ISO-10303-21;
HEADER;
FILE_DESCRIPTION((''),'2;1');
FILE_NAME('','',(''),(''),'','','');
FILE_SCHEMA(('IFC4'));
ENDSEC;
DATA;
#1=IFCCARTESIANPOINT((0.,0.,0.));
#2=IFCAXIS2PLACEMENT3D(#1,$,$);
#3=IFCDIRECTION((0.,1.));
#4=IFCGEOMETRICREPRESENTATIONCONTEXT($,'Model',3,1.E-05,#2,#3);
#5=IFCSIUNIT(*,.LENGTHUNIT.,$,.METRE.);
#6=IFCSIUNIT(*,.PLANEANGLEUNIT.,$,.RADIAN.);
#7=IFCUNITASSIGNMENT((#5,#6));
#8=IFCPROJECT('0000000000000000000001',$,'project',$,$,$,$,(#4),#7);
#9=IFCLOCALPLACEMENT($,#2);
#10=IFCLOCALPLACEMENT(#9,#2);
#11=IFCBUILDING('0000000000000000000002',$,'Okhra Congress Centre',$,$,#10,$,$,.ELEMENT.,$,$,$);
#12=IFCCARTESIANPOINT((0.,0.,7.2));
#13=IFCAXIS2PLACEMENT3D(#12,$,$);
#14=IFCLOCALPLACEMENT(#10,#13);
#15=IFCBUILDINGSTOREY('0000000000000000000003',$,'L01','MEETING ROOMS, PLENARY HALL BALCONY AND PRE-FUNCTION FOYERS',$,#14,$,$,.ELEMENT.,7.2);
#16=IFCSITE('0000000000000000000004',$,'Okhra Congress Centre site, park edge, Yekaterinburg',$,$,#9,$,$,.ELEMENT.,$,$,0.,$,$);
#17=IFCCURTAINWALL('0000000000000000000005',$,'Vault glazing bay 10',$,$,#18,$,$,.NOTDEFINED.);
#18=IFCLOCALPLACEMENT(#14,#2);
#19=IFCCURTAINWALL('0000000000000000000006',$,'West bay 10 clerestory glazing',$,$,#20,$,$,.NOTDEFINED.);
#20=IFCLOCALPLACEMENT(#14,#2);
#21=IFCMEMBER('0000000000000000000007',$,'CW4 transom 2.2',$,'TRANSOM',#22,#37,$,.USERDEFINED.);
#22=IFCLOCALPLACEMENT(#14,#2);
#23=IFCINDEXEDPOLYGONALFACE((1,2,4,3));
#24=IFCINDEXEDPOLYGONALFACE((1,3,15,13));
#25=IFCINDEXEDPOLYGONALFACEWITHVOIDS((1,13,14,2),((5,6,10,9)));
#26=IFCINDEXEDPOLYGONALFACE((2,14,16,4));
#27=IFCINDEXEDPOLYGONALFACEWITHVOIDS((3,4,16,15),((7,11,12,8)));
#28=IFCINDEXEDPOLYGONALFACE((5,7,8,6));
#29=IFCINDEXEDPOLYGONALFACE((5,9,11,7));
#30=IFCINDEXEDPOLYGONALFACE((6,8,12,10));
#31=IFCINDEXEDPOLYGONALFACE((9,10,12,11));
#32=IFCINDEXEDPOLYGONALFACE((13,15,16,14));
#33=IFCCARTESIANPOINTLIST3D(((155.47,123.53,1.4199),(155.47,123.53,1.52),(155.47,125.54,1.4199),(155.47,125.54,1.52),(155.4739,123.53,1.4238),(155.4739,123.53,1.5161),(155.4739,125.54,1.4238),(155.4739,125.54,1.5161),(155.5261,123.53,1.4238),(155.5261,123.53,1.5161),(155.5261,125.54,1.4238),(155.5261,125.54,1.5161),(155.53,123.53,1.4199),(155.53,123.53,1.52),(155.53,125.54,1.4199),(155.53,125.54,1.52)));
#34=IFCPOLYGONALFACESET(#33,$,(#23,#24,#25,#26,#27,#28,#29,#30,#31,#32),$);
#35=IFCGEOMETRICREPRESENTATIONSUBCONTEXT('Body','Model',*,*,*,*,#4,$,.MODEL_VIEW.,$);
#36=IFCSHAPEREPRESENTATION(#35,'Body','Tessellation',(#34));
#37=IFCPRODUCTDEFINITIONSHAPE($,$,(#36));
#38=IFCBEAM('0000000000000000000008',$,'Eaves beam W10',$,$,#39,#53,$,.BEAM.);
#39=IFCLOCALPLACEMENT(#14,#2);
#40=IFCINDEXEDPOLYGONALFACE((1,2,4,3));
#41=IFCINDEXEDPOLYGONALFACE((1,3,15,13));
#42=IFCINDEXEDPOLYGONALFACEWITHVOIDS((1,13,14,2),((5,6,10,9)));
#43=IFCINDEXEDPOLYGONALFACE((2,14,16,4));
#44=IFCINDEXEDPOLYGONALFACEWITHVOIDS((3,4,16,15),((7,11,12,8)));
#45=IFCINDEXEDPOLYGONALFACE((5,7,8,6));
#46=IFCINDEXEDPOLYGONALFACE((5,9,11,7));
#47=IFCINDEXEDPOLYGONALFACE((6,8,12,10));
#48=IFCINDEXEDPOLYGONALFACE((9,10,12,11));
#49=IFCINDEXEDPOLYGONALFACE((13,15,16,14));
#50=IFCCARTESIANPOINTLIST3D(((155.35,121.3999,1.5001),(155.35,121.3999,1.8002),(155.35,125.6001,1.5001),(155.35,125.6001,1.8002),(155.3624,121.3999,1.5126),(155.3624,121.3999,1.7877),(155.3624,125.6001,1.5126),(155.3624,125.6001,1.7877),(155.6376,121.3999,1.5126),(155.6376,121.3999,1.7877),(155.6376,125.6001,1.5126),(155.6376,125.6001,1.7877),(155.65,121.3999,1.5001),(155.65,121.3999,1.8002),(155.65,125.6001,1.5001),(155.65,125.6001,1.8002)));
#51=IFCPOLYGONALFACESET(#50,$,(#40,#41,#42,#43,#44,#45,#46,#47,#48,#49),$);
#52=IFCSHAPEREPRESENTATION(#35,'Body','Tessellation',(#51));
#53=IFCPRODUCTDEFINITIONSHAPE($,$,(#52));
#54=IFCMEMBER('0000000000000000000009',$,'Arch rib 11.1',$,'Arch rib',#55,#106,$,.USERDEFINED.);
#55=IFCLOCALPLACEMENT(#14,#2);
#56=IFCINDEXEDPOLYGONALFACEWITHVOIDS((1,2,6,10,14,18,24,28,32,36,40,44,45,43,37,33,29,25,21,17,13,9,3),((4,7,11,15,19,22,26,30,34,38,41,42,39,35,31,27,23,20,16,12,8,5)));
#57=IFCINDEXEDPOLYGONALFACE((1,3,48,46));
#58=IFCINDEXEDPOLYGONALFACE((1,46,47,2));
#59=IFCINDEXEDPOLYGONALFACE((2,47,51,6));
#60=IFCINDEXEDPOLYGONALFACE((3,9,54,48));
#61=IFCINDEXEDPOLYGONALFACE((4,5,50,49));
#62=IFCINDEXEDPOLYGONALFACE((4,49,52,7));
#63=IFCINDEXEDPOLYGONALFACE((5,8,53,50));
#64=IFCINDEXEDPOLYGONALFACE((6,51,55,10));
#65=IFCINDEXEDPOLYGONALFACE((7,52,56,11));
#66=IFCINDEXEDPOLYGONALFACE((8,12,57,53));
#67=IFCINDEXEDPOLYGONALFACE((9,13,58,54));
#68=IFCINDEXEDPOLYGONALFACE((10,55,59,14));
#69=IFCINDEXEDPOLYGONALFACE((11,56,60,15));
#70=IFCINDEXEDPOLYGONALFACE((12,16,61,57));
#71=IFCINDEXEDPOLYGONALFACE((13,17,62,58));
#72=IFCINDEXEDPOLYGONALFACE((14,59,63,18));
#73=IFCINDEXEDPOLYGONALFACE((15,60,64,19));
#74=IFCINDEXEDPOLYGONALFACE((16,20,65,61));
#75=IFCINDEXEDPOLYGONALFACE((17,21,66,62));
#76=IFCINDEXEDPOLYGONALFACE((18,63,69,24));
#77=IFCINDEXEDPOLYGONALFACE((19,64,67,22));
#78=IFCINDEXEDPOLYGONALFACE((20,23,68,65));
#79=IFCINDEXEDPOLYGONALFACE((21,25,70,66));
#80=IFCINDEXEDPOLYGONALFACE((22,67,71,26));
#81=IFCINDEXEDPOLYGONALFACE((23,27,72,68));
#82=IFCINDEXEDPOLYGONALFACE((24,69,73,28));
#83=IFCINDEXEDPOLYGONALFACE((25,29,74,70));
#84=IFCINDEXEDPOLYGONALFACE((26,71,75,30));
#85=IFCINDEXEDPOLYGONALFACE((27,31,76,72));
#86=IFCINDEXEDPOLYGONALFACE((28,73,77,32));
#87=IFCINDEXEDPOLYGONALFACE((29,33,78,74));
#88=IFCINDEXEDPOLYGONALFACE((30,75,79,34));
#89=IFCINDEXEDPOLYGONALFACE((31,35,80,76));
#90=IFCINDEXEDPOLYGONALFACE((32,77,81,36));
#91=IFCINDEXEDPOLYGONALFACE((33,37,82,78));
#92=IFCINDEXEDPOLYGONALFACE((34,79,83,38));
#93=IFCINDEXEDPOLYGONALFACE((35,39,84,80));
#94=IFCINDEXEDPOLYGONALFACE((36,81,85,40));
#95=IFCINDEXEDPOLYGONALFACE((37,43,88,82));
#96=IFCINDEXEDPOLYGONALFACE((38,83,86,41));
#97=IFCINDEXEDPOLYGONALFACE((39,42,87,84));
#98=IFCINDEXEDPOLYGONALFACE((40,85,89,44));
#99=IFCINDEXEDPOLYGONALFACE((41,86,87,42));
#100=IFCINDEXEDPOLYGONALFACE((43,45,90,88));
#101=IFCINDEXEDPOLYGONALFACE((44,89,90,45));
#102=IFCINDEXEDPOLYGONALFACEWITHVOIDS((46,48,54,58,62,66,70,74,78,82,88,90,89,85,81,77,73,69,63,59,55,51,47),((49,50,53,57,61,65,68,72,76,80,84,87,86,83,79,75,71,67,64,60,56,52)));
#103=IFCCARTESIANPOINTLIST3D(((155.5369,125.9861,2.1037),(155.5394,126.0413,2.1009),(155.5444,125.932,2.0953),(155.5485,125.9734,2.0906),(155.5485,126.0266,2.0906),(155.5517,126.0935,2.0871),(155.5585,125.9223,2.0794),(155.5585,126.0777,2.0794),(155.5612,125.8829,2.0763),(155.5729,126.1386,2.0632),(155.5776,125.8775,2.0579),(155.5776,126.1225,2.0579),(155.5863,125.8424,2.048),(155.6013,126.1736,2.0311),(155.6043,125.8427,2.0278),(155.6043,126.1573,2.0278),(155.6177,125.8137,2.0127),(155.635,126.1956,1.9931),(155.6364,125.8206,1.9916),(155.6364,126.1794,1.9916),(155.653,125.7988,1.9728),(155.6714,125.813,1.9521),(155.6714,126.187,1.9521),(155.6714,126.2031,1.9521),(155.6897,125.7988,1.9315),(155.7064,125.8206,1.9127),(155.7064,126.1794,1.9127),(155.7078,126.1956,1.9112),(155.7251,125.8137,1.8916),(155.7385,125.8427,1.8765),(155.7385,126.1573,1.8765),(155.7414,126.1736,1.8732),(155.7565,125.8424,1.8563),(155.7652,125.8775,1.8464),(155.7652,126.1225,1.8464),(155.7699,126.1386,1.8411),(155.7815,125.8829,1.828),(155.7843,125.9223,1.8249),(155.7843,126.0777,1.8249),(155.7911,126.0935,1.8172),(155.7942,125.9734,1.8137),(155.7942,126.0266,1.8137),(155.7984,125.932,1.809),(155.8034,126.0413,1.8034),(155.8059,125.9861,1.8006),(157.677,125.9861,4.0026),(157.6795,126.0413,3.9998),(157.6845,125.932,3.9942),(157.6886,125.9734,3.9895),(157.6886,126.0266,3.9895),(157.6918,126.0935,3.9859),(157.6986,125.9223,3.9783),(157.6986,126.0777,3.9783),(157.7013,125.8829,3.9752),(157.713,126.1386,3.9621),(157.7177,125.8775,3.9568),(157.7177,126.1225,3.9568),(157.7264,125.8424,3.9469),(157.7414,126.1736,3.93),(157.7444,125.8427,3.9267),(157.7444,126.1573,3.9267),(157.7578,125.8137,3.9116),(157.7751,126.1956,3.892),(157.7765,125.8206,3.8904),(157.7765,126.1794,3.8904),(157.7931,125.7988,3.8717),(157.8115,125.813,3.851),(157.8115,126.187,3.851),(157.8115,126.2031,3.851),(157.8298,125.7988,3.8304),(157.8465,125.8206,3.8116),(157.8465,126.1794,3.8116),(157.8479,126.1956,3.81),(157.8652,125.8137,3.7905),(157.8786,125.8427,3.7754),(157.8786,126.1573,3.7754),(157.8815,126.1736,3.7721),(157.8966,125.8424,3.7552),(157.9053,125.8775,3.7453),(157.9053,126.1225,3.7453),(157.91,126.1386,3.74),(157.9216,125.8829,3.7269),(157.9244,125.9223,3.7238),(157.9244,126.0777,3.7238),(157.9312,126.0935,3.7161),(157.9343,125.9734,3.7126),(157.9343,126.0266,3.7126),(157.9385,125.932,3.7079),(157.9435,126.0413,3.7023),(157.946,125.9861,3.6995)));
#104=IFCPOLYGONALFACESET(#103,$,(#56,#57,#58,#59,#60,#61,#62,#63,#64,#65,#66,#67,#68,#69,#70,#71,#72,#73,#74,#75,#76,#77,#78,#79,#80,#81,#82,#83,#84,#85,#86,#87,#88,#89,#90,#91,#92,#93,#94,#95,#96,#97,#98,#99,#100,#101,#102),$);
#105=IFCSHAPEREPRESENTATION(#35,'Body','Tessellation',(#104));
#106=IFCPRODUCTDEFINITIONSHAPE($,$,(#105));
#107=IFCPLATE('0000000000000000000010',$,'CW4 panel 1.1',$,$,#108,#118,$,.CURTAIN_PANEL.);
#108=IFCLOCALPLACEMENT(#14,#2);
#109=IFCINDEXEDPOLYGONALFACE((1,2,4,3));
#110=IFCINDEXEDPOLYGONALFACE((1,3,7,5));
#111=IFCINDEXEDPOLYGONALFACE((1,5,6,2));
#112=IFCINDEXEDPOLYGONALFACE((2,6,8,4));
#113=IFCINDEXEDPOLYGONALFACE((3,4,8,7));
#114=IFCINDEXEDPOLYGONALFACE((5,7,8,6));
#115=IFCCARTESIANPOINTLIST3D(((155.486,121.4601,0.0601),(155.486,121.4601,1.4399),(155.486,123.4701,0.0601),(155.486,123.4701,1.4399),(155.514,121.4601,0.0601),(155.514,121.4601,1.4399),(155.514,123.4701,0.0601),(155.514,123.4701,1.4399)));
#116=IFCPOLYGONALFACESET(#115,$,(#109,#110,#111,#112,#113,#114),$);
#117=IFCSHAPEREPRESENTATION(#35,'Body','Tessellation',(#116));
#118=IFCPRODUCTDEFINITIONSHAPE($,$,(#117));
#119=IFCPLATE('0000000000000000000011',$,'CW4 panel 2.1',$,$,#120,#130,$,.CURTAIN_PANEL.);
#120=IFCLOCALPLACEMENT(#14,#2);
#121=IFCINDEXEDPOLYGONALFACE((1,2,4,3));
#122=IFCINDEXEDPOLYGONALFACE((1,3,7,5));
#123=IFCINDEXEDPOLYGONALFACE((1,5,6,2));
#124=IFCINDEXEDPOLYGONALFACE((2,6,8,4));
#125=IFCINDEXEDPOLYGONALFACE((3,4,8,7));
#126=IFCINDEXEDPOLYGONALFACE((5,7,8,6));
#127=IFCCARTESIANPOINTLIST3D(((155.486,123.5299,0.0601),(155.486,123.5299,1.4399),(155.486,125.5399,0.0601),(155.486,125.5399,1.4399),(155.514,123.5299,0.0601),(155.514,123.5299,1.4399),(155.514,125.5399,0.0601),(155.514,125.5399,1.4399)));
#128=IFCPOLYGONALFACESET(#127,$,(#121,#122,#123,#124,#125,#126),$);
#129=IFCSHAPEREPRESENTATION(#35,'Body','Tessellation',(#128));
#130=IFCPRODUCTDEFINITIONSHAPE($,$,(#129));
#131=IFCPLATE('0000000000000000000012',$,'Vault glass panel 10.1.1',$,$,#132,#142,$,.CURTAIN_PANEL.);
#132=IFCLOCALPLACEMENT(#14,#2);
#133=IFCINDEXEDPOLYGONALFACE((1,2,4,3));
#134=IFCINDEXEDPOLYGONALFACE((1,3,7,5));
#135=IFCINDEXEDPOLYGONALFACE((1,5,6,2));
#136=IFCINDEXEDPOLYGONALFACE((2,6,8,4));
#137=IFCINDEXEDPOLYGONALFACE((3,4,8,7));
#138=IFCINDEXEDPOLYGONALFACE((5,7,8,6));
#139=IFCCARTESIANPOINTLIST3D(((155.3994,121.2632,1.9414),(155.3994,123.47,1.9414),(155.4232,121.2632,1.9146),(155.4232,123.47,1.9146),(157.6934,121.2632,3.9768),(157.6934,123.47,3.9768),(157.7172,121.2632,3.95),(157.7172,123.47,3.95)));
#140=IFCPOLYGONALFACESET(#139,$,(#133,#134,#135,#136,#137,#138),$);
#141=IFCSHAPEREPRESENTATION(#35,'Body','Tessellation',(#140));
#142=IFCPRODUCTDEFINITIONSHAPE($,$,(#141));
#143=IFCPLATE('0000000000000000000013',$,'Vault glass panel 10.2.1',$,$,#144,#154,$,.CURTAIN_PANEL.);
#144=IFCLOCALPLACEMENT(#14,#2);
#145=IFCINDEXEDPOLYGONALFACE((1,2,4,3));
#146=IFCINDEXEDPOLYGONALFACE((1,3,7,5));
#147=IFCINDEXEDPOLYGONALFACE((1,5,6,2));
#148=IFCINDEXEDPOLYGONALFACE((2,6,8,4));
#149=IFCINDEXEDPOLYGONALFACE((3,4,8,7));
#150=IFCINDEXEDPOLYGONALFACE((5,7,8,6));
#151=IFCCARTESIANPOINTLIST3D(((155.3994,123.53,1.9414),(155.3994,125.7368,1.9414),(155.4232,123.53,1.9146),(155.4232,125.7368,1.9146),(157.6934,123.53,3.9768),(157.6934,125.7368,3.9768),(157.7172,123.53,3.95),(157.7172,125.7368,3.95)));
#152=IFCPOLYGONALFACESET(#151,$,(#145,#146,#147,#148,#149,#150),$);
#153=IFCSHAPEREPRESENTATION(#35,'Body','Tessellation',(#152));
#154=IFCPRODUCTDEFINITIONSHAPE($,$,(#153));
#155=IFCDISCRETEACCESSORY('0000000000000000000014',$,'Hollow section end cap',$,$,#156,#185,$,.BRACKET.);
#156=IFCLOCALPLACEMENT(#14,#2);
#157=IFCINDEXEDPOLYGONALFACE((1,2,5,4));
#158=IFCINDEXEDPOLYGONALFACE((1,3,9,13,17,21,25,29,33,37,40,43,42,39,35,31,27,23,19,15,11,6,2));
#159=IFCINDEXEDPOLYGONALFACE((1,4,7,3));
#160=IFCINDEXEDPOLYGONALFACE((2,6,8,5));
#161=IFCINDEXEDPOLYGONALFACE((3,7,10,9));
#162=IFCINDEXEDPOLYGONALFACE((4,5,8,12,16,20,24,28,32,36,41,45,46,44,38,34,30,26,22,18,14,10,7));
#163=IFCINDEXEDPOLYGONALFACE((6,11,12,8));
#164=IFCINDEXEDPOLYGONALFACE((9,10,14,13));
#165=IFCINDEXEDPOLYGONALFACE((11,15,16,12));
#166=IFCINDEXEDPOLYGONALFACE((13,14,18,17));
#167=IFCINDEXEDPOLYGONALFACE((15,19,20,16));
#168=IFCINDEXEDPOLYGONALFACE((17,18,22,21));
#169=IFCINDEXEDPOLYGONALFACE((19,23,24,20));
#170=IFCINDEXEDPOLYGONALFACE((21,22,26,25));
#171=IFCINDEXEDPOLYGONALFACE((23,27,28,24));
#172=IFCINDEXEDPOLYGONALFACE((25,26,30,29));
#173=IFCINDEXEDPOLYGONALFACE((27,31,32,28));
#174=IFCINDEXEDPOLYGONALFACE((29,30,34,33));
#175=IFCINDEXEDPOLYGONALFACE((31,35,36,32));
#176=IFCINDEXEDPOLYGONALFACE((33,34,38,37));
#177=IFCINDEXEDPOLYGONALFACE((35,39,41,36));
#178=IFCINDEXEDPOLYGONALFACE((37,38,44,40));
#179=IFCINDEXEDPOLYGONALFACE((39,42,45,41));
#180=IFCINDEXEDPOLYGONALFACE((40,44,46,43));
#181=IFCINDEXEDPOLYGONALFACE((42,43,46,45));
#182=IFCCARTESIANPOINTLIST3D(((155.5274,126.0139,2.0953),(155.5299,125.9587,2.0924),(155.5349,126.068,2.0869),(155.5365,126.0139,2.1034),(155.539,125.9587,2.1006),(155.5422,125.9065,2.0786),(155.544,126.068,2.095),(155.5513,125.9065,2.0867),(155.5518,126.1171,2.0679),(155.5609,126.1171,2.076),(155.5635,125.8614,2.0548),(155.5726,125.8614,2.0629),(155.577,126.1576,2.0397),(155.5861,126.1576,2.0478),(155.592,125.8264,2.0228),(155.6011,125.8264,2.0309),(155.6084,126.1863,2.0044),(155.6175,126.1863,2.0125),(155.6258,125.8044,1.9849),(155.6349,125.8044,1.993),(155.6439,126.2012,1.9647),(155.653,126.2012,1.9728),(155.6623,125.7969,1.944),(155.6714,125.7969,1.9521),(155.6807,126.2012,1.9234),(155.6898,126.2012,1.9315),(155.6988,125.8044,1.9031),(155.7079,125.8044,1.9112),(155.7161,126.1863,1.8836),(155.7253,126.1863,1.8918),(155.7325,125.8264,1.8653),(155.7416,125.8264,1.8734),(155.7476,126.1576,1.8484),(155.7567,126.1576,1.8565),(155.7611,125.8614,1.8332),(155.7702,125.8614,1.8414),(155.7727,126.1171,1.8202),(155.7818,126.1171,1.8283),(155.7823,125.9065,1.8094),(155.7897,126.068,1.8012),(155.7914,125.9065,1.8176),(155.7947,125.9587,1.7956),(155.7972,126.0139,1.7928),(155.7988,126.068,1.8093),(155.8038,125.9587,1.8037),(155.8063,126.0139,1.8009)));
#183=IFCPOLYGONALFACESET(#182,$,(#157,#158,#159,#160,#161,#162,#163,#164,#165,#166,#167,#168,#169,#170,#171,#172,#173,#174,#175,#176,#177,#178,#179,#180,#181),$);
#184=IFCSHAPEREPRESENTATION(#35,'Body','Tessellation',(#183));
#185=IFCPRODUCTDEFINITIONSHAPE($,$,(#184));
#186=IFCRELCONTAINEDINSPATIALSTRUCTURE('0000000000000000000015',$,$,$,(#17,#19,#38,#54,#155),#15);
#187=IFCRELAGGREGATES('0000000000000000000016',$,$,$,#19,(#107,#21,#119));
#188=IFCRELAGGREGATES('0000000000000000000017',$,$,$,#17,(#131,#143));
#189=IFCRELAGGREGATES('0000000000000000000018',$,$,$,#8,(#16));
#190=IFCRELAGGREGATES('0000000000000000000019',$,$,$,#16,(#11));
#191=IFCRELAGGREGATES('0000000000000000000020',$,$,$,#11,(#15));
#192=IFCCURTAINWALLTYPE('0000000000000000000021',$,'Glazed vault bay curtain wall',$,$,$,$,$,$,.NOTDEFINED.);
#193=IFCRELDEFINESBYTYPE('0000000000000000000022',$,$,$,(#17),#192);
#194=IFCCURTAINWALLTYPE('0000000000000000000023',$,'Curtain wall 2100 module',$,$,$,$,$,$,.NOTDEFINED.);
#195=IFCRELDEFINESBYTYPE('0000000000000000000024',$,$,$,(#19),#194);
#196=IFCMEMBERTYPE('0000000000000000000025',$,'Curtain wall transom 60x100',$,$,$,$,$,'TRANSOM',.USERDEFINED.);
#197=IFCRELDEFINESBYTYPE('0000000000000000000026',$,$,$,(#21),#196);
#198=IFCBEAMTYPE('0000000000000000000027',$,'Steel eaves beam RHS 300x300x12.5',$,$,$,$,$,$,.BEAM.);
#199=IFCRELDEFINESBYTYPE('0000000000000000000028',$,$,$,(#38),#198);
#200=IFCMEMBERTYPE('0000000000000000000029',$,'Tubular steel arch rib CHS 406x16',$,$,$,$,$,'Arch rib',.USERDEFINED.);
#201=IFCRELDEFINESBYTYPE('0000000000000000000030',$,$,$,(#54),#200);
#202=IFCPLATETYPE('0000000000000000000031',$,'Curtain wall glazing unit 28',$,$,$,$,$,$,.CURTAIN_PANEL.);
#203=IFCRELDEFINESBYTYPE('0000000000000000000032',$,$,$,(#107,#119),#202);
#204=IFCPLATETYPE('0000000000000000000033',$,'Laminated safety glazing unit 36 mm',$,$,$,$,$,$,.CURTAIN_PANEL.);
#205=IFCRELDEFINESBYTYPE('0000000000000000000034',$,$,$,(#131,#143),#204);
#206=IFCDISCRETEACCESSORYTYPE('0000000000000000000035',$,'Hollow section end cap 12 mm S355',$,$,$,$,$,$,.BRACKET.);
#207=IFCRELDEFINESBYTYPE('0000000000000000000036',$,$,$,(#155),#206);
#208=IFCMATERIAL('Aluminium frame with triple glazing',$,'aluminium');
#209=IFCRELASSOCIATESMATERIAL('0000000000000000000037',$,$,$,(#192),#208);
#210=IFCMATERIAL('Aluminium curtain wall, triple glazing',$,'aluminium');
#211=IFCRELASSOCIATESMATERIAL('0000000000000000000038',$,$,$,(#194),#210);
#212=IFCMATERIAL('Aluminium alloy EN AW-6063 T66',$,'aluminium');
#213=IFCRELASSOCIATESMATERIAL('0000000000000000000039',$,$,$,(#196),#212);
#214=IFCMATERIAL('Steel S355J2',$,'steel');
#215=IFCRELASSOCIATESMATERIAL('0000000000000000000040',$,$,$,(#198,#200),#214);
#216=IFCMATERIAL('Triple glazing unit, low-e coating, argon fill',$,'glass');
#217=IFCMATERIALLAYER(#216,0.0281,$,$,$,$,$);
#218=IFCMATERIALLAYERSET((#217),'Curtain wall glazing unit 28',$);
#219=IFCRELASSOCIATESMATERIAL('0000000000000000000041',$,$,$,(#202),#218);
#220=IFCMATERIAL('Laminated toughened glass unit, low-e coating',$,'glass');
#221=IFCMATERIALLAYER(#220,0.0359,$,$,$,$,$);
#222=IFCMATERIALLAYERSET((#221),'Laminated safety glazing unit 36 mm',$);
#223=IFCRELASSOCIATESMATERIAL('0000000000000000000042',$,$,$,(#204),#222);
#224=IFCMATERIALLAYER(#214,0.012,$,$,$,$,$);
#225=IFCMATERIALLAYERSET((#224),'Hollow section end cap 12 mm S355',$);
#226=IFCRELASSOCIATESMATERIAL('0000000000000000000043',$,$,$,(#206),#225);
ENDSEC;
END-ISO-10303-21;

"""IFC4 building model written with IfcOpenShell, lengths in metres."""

from ifc_helpers import new_model, si_unit, direction, frame, origin, origin_2d, place, context, subcontext, project, spatial, polyline, rectangle, hollow_rectangle, circle, hollow_circle, outline, extrude, material, layer, layer_set, material_profile, profile_set, type_object, element, aggregate, save


model = new_model("IFC4")

# Units and contexts
model_context = context("Model", 3, precision=1e-05, world=origin(), true_north=direction((0.0, 1.0)))
body_context = subcontext(model_context, "Body", "Model", "MODEL_VIEW")
ifc_project = project(units=[si_unit("LENGTHUNIT", "METRE"), si_unit("PLANEANGLEUNIT", "RADIAN")], contexts=[model_context])

# Site, building, storey
site_placement = place(None, origin())
site = spatial("IfcSite", under=ifc_project, at=site_placement, Name="Okhra Congress Centre site, park edge, Yekaterinburg", CompositionType="ELEMENT", RefElevation=0.0)
building_placement = place(site_placement, origin())
building = spatial("IfcBuilding", under=site, at=building_placement, Name="Okhra Congress Centre", CompositionType="ELEMENT")
storey_placement = place(building_placement, frame((0.0, 0.0, 7.2)))
storey = spatial("IfcBuildingStorey", under=building, at=storey_placement, Name="L01", Description="MEETING ROOMS, PLENARY HALL BALCONY AND PRE-FUNCTION FOYERS", CompositionType="ELEMENT", Elevation=7.2)

# Curtain wall
ifc_material_1 = material(Name="Aluminium frame with triple glazing", Category="aluminium")
curtain_wall_type_1 = type_object("IfcCurtainWallType", Name="Glazed vault bay curtain wall", PredefinedType="NOTDEFINED", material=ifc_material_1)
curtain_wall_1_placement = place(storey_placement, origin())
curtain_wall_1 = element("IfcCurtainWall", 1, at=curtain_wall_1_placement, inside=storey, type_object=curtain_wall_type_1, Name="Vault glazing bay 10", PredefinedType="NOTDEFINED")

# Curtain wall, member
ifc_material_2 = material(Name="Aluminium curtain wall, triple glazing", Category="aluminium")
curtain_wall_type_2 = type_object("IfcCurtainWallType", Name="Curtain wall 2100 module", PredefinedType="NOTDEFINED", material=ifc_material_2)
curtain_wall_2_placement = place(storey_placement, origin())
curtain_wall_2 = element("IfcCurtainWall", 2, at=curtain_wall_2_placement, inside=storey, type_object=curtain_wall_type_2, Name="West bay 10 clerestory glazing", PredefinedType="NOTDEFINED")
ifc_material_3 = material(Name="Aluminium alloy EN AW-6063 T66", Category="aluminium")
ifc_material_profile_1 = material_profile(ifc_material_3, hollow_rectangle(XDim=0.0601, YDim=0.1001, WallThickness=0.0039, at=origin_2d()), Name="RHS 60x100x4")
ifc_profile_set_1 = profile_set([ifc_material_profile_1], Name="Aluminium alloy EN AW-6063 T66")
member_type_1 = type_object("IfcMemberType", Name="Curtain wall transom 60x100", ElementType="TRANSOM", PredefinedType="USERDEFINED", material=ifc_profile_set_1)
member_1_placement = place(storey_placement, frame((155.5, 123.53, 1.47), z_axis=(0.0, 1.0, 0.0), x_axis=(-1.0, 0.0, 0.0)))
member_1 = element("IfcMember", 3, at=member_1_placement, type_object=member_type_1, Name="CW4 transom 2.2", ObjectType="TRANSOM", PredefinedType="USERDEFINED", context=body_context, shape_type="SweptSolid", body=[
    extrude(hollow_rectangle(XDim=0.0601, YDim=0.1001, WallThickness=0.0039, at=origin_2d()), origin(), (0.0, 0.0, 1.0), 2.01),
])

# Beam
ifc_material_4 = material(Name="Steel S355J2", Category="steel")
ifc_material_profile_2 = material_profile(ifc_material_4, hollow_rectangle(XDim=0.3, YDim=0.3, WallThickness=0.0125, at=origin_2d()), Name="RHS 300x300x12.5")
ifc_profile_set_2 = profile_set([ifc_material_profile_2], Name="Steel S355J2")
beam_type = type_object("IfcBeamType", Name="Steel eaves beam RHS 300x300x12.5", PredefinedType="BEAM", material=ifc_profile_set_2)
beam_placement = place(storey_placement, frame((155.5, 121.3999, 1.6501), z_axis=(0.0, 1.0, 0.0), x_axis=(-1.0, 0.0, 0.0)))
element("IfcBeam", 4, at=beam_placement, inside=storey, type_object=beam_type, Name="Eaves beam W10", PredefinedType="BEAM", context=body_context, shape_type="SweptSolid", body=[
    extrude(hollow_rectangle(XDim=0.3, YDim=0.3, WallThickness=0.0125, at=origin_2d()), origin(), (0.0, 0.0, 1.0), 4.2002),
])

# Member
ifc_material_profile_3 = material_profile(ifc_material_4, hollow_circle(Radius=0.2031, WallThickness=0.0161, at=origin_2d()), Name="CHS 406.4x16")
ifc_profile_set_3 = profile_set([ifc_material_profile_3], Name="Steel S355J2")
member_type_2 = type_object("IfcMemberType", Name="Tubular steel arch rib CHS 406x16", ElementType="Arch rib", PredefinedType="USERDEFINED", material=ifc_profile_set_3)
member_2_placement = place(storey_placement, frame((155.6714, 126.0, 1.9521), z_axis=(0.748002, 0.0, 0.663696), x_axis=(0.0, 1.0, 0.0)))
element("IfcMember", 5, at=member_2_placement, inside=storey, type_object=member_type_2, Name="Arch rib 11.1", ObjectType="Arch rib", PredefinedType="USERDEFINED", context=body_context, shape_type="SweptSolid", body=[
    extrude(hollow_circle(Radius=0.2031, WallThickness=0.0161, at=origin_2d()), origin(), (0.0, 0.0, 1.0), 2.8611),
])

# Plates
ifc_material_5 = material(Name="Triple glazing unit, low-e coating, argon fill", Category="glass")
ifc_layer_1 = layer(ifc_material_5, 0.0281)
ifc_layer_set_1 = layer_set([ifc_layer_1], Name="Curtain wall glazing unit 28")
plate_type_1 = type_object("IfcPlateType", Name="Curtain wall glazing unit 28", PredefinedType="CURTAIN_PANEL", material=ifc_layer_set_1)
plate_1_placement = place(storey_placement, frame((155.5, 122.4651, 0.0601), z_axis=(0.0, 0.0, 1.0), x_axis=(0.0, 1.0, 0.0)))
plate_1 = element("IfcPlate", 6, at=plate_1_placement, type_object=plate_type_1, Name="CW4 panel 1.1", PredefinedType="CURTAIN_PANEL", context=body_context, shape_type="SweptSolid", body=[
    extrude(rectangle(XDim=2.01, YDim=0.0281, at=origin_2d()), origin(), (0.0, 0.0, 1.0), 1.3799),
])
plate_2_placement = place(storey_placement, frame((155.5, 124.5349, 0.0601), z_axis=(0.0, 0.0, 1.0), x_axis=(0.0, 1.0, 0.0)))
plate_2 = element("IfcPlate", 7, at=plate_2_placement, type_object=plate_type_1, Name="CW4 panel 2.1", PredefinedType="CURTAIN_PANEL", context=body_context, shape_type="SweptSolid", body=[
    extrude(rectangle(XDim=2.01, YDim=0.0281, at=origin_2d()), origin(), (0.0, 0.0, 1.0), 1.3799),
])
aggregate(curtain_wall_2, [plate_1, member_1, plate_2])
ifc_material_6 = material(Name="Laminated toughened glass unit, low-e coating", Category="glass")
ifc_layer_2 = layer(ifc_material_6, 0.0359)
ifc_layer_set_2 = layer_set([ifc_layer_2], Name="Laminated safety glazing unit 36 mm")
plate_type_2 = type_object("IfcPlateType", Name="Laminated safety glazing unit 36 mm", PredefinedType="CURTAIN_PANEL", material=ifc_layer_set_2)
plate_3_placement = place(storey_placement, frame((155.3994, 121.2632, 1.9414), z_axis=(-0.663697, 0.0, 0.748002), x_axis=(0.748002, 0.0, 0.663697)))
plate_3 = element("IfcPlate", 8, at=plate_3_placement, type_object=plate_type_2, Name="Vault glass panel 10.1.1", PredefinedType="CURTAIN_PANEL", context=body_context, shape_type="SweptSolid", body=[
    extrude(outline(polyline([(0.0, 0.0), (3.0668, 0.0), (3.0668, 2.2068), (0.0, 2.2068), (0.0, 0.0)])), origin(), (0.0, 0.0, -1.0), 0.0359),
])
plate_4_placement = place(storey_placement, frame((155.3994, 123.53, 1.9414), z_axis=(-0.663697, 0.0, 0.748002), x_axis=(0.748002, 0.0, 0.663697)))
plate_4 = element("IfcPlate", 9, at=plate_4_placement, type_object=plate_type_2, Name="Vault glass panel 10.2.1", PredefinedType="CURTAIN_PANEL", context=body_context, shape_type="SweptSolid", body=[
    extrude(outline(polyline([(0.0, 0.0), (3.0668, 0.0), (3.0668, 2.2068), (0.0, 2.2068), (0.0, 0.0)])), origin(), (0.0, 0.0, -1.0), 0.0359),
])
aggregate(curtain_wall_1, [plate_3, plate_4])

# Discrete accessory
ifc_layer_3 = layer(ifc_material_4, 0.012)
ifc_layer_set_3 = layer_set([ifc_layer_3], Name="Hollow section end cap 12 mm S355")
discrete_accessory_type_1 = type_object("IfcDiscreteAccessoryType", Name="Hollow section end cap 12 mm S355", PredefinedType="BRACKET", material=ifc_layer_set_3)
discrete_accessory_placement = place(storey_placement, frame((155.6714, 126.0, 1.9521), z_axis=(-0.746295, 0.0, -0.665615), x_axis=(0.0, -1.0, 0.0)))
element("IfcDiscreteAccessory", 10, at=discrete_accessory_placement, inside=storey, type_object=discrete_accessory_type_1, Name="Hollow section end cap", PredefinedType="BRACKET", context=body_context, shape_type="SweptSolid", body=[
    extrude(circle(Radius=0.2031, at=origin_2d()), origin(), (0.0, 0.0, 1.0), 0.0122),
])

save(model, "model.ifc")
